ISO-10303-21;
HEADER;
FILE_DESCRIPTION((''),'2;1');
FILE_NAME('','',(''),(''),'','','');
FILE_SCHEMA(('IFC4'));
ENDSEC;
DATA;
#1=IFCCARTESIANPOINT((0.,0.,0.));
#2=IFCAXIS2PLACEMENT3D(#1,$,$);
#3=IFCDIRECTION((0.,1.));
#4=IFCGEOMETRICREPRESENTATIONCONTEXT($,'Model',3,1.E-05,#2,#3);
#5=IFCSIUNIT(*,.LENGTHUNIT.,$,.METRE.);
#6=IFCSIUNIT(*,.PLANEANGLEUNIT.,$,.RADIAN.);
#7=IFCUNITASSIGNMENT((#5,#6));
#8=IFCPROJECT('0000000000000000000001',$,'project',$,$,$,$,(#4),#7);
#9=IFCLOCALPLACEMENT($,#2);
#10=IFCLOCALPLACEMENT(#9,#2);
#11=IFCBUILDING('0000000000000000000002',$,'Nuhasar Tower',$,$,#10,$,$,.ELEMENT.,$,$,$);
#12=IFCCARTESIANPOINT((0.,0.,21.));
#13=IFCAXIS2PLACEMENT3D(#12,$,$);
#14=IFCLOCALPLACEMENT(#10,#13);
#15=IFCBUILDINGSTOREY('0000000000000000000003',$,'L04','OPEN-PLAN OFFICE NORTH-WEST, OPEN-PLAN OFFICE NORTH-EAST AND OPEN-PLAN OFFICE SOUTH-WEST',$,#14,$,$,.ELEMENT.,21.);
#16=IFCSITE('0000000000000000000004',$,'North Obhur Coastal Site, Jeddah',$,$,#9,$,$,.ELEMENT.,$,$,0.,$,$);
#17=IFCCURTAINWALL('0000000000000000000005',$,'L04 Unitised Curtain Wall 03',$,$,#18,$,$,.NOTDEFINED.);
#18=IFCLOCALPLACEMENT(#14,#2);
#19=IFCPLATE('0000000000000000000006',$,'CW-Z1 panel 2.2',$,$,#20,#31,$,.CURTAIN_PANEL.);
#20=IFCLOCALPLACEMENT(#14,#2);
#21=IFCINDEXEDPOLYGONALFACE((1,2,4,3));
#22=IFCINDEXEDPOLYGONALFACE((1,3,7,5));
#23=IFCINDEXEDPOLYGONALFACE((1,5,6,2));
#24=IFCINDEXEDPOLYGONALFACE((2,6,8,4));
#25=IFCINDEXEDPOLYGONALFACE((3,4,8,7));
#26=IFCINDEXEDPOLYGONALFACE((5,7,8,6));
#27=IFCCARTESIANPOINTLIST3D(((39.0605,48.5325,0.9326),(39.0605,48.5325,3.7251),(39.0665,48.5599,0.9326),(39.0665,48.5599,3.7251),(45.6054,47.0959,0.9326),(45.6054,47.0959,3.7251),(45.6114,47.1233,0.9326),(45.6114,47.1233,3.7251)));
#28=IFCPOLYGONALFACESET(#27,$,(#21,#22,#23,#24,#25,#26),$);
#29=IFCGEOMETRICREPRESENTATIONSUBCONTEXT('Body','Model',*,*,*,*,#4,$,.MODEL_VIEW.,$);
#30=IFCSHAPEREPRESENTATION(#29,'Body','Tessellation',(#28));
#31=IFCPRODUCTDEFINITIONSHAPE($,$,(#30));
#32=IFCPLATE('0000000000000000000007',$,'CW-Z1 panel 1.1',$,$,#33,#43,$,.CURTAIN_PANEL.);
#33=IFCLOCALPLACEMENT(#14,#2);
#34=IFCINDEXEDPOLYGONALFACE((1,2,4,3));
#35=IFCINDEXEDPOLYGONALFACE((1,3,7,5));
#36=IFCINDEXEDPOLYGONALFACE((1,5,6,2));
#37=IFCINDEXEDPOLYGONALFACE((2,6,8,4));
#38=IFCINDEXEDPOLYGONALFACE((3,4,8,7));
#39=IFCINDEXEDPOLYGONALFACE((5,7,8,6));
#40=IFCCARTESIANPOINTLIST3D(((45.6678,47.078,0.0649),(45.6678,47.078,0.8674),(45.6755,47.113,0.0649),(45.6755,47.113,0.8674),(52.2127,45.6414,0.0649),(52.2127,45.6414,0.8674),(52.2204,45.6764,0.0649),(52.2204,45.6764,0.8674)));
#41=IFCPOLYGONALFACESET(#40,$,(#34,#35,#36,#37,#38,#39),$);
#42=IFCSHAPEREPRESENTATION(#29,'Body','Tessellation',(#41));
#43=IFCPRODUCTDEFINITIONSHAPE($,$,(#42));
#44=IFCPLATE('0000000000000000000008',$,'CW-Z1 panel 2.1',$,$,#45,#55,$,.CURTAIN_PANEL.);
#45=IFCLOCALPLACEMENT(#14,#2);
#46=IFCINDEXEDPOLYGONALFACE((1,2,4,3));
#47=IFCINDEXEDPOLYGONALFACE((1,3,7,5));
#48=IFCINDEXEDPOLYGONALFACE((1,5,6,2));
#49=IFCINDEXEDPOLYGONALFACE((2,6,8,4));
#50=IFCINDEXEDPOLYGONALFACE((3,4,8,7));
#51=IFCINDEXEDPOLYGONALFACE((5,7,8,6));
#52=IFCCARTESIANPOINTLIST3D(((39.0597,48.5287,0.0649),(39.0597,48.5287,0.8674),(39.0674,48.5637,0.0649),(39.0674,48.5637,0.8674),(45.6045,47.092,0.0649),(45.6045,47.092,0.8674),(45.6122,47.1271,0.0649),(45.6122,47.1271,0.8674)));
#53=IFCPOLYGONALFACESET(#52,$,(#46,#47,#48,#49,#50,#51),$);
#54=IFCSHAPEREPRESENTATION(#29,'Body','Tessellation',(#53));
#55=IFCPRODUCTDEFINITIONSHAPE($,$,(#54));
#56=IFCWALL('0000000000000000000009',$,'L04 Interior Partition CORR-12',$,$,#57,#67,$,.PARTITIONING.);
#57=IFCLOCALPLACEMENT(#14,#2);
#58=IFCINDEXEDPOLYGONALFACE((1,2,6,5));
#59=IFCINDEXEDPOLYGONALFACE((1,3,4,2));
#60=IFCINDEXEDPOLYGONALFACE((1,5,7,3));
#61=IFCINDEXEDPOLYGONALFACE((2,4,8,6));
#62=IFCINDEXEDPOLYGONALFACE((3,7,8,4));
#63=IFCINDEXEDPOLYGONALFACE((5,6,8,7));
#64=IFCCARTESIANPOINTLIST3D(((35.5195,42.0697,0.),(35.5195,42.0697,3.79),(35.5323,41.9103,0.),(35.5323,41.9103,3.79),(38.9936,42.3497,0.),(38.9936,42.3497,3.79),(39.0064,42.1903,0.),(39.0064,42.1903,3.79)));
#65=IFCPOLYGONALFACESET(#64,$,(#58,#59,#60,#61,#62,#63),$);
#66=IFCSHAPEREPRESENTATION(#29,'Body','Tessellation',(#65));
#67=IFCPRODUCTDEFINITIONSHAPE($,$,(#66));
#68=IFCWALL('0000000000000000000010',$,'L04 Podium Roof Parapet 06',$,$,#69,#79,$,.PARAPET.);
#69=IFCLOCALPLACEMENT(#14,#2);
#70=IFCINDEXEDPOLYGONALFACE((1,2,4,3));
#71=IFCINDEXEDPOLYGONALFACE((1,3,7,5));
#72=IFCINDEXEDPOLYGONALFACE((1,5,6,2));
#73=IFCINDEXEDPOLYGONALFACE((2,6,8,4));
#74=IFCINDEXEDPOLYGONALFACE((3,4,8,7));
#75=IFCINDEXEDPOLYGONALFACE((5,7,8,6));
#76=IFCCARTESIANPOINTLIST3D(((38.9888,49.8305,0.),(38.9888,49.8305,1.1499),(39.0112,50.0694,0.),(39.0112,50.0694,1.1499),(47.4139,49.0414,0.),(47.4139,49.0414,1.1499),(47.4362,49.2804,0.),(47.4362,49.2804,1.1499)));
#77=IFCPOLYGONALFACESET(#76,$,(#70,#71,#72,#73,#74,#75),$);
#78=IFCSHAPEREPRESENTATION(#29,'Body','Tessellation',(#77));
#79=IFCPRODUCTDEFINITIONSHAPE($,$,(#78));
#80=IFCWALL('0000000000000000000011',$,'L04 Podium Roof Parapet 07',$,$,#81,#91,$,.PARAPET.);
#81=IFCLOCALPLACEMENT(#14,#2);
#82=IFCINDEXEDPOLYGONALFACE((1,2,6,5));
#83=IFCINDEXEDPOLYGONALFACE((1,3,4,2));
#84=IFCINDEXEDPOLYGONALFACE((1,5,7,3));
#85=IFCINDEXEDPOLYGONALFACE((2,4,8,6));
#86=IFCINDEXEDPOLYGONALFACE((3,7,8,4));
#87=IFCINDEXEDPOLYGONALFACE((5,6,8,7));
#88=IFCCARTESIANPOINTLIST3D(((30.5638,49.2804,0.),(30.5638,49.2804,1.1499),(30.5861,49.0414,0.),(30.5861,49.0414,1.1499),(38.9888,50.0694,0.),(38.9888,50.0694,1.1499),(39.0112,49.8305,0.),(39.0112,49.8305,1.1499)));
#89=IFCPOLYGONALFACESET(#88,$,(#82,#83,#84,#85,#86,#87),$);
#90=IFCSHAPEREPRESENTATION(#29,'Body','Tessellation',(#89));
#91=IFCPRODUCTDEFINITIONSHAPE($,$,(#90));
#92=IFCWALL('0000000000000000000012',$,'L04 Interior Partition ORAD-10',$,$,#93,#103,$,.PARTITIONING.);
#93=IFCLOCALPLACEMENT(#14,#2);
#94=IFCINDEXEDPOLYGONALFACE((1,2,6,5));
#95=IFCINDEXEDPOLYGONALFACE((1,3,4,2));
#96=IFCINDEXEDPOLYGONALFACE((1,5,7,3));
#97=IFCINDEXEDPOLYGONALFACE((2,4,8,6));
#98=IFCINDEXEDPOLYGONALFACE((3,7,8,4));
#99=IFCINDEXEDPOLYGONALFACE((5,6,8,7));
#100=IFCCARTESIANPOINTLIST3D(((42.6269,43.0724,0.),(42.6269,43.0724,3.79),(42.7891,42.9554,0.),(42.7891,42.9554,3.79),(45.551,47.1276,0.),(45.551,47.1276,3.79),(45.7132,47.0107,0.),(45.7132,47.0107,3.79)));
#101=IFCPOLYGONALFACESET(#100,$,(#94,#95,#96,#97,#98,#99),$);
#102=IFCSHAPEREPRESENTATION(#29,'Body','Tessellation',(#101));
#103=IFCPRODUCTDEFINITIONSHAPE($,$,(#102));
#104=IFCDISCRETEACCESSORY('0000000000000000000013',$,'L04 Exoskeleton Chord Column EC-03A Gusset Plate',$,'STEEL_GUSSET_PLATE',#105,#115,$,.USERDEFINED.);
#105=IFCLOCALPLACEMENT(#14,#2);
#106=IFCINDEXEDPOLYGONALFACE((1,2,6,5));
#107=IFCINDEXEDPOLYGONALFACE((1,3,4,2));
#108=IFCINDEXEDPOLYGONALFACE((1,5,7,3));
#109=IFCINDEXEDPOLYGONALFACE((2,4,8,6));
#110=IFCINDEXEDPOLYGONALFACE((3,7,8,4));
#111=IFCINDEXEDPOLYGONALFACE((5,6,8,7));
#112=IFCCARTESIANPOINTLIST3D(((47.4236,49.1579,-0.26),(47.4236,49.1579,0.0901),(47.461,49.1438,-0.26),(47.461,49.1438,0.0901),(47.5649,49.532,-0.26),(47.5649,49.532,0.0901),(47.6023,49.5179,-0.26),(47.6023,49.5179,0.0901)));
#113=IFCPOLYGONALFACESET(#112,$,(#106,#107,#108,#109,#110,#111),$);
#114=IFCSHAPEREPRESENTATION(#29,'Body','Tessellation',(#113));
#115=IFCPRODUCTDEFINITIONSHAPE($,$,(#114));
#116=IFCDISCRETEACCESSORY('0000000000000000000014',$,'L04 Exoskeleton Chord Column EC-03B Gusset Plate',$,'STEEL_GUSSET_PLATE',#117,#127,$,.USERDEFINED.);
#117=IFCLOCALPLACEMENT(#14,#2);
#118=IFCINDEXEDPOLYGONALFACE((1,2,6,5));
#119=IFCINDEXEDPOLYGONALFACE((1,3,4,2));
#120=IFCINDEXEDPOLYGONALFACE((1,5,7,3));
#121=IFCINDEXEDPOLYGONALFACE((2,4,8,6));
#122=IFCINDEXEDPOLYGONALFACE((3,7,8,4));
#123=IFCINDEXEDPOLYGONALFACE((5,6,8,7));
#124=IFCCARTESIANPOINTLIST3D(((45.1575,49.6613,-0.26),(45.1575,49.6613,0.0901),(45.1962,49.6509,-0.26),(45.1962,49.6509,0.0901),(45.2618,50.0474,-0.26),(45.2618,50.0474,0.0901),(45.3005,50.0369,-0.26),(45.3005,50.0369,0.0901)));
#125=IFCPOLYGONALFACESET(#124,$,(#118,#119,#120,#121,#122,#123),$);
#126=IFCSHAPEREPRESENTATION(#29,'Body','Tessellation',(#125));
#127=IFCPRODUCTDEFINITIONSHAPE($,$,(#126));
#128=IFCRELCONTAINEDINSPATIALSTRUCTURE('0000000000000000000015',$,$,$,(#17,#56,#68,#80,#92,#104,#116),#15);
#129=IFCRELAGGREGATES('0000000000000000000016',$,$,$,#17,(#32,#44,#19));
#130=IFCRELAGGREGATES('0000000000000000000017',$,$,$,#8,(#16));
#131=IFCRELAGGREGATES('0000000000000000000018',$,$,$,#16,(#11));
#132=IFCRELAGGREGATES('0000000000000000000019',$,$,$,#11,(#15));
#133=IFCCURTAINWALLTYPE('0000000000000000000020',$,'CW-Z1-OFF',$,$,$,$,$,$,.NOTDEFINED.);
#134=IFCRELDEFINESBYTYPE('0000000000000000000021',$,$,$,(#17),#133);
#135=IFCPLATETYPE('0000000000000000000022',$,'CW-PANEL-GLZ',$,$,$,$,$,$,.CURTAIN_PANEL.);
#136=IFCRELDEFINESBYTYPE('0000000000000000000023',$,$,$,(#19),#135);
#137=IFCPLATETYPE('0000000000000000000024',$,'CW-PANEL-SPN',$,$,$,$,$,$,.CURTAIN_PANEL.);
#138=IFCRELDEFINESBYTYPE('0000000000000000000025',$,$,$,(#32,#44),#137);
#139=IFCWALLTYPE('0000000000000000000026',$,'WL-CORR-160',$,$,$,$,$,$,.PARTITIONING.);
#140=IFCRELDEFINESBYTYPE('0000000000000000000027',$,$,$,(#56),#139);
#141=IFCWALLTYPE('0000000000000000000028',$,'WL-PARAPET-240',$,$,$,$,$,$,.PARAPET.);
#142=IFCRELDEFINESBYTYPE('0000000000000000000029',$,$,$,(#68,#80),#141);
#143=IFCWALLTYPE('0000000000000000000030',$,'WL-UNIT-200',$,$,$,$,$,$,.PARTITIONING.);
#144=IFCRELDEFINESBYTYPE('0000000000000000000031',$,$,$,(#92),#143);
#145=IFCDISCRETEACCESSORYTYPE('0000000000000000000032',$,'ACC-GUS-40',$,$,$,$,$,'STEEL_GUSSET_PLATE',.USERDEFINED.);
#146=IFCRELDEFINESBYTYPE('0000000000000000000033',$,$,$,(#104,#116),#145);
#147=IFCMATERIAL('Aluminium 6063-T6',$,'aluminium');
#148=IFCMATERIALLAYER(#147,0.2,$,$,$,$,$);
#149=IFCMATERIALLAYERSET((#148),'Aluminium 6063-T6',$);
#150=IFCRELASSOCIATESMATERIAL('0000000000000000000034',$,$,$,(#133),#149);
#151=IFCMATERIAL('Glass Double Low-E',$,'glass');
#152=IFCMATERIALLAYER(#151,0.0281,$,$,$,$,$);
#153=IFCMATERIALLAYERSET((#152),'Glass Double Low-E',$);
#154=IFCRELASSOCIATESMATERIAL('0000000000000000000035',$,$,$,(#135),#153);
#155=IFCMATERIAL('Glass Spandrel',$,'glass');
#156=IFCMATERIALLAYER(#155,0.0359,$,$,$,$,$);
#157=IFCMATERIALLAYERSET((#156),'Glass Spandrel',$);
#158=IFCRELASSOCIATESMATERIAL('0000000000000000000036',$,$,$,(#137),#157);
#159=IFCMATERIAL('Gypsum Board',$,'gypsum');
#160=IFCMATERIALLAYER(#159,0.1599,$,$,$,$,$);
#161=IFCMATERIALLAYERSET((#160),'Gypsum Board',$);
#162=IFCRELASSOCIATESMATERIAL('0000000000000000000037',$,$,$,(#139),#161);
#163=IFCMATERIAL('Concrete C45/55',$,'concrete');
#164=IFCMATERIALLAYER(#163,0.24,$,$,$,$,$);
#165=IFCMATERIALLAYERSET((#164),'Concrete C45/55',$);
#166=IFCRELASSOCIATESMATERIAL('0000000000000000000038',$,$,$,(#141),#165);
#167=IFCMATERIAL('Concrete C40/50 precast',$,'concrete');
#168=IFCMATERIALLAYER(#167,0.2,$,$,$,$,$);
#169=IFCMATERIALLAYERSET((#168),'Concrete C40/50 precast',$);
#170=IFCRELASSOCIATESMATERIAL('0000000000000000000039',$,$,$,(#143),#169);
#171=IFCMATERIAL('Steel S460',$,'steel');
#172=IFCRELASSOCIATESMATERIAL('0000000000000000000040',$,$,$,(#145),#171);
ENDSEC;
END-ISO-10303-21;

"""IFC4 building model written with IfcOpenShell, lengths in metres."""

from ifc_helpers import new_model, si_unit, direction, frame, frame_2d, origin, origin_2d, place, context, subcontext, project, spatial, rectangle, extrude, material, layer, layer_set, type_object, element, aggregate, save


model = new_model("IFC4")

# Units and contexts
model_context = context("Model", 3, precision=1e-05, world=origin(), true_north=direction((0.0, 1.0)))
body_context = subcontext(model_context, "Body", "Model", "MODEL_VIEW")
ifc_project = project(units=[si_unit("LENGTHUNIT", "METRE"), si_unit("PLANEANGLEUNIT", "RADIAN")], contexts=[model_context])

# Site, building, storey
site_placement = place(None, origin())
site = spatial("IfcSite", under=ifc_project, at=site_placement, Name="North Obhur Coastal Site, Jeddah", CompositionType="ELEMENT", RefElevation=0.0)
building_placement = place(site_placement, origin())
building = spatial("IfcBuilding", under=site, at=building_placement, Name="Nuhasar Tower", CompositionType="ELEMENT")
storey_placement = place(building_placement, frame((0.0, 0.0, 21.0)))
storey = spatial("IfcBuildingStorey", under=building, at=storey_placement, Name="L04", Description="OPEN-PLAN OFFICE NORTH-WEST, OPEN-PLAN OFFICE NORTH-EAST AND OPEN-PLAN OFFICE SOUTH-WEST", CompositionType="ELEMENT", Elevation=21.0)

# Shared definitions
ifc_material_1 = material(Name="Steel S460", Category="steel")

# Curtain wall
ifc_material_2 = material(Name="Aluminium 6063-T6", Category="aluminium")
ifc_layer_1 = layer(ifc_material_2, 0.2)
ifc_layer_set_1 = layer_set([ifc_layer_1], Name="Aluminium 6063-T6")
curtain_wall_type = type_object("IfcCurtainWallType", Name="CW-Z1-OFF", PredefinedType="NOTDEFINED", material=ifc_layer_set_1)
curtain_wall_placement = place(storey_placement, origin())
curtain_wall = element("IfcCurtainWall", 1, at=curtain_wall_placement, inside=storey, type_object=curtain_wall_type, Name="L04 Unitised Curtain Wall 03", PredefinedType="NOTDEFINED")

# Plates
ifc_material_3 = material(Name="Glass Double Low-E", Category="glass")
ifc_layer_2 = layer(ifc_material_3, 0.0281)
ifc_layer_set_2 = layer_set([ifc_layer_2], Name="Glass Double Low-E")
plate_type_1 = type_object("IfcPlateType", Name="CW-PANEL-GLZ", PredefinedType="CURTAIN_PANEL", material=ifc_layer_set_2)
plate_1_placement = place(storey_placement, frame((42.3359, 47.8279, 0.9326), z_axis=(0.0, 0.0, 1.0), x_axis=(-0.976746, 0.214399, 0.0)))
plate_1 = element("IfcPlate", 2, at=plate_1_placement, type_object=plate_type_1, Name="CW-Z1 panel 2.2", PredefinedType="CURTAIN_PANEL", context=body_context, shape_type="SweptSolid", body=[
    extrude(rectangle(XDim=6.7007, YDim=0.0281, at=origin_2d()), origin(), (0.0, 0.0, 1.0), 2.7925),
])
ifc_material_4 = material(Name="Glass Spandrel", Category="glass")
ifc_layer_3 = layer(ifc_material_4, 0.0359)
ifc_layer_set_3 = layer_set([ifc_layer_3], Name="Glass Spandrel")
plate_type_2 = type_object("IfcPlateType", Name="CW-PANEL-SPN", PredefinedType="CURTAIN_PANEL", material=ifc_layer_set_3)
plate_2_placement = place(storey_placement, frame((48.9441, 46.3772, 0.0649), z_axis=(0.0, 0.0, 1.0), x_axis=(-0.976746, 0.214399, 0.0)))
plate_2 = element("IfcPlate", 3, at=plate_2_placement, type_object=plate_type_2, Name="CW-Z1 panel 1.1", PredefinedType="CURTAIN_PANEL", context=body_context, shape_type="SweptSolid", body=[
    extrude(rectangle(XDim=6.7007, YDim=0.0359, at=origin_2d()), origin(), (0.0, 0.0, 1.0), 0.8025),
])
plate_3_placement = place(storey_placement, frame((42.3359, 47.8279, 0.0649), z_axis=(0.0, 0.0, 1.0), x_axis=(-0.976746, 0.214399, 0.0)))
plate_3 = element("IfcPlate", 4, at=plate_3_placement, type_object=plate_type_2, Name="CW-Z1 panel 2.1", PredefinedType="CURTAIN_PANEL", context=body_context, shape_type="SweptSolid", body=[
    extrude(rectangle(XDim=6.7007, YDim=0.0359, at=origin_2d()), origin(), (0.0, 0.0, 1.0), 0.8025),
])
aggregate(curtain_wall, [plate_2, plate_3, plate_1])

# Shared definitions
ifc_material_5 = material(Name="Gypsum Board", Category="gypsum")
ifc_layer_4 = layer(ifc_material_5, 0.1599)
ifc_layer_set_4 = layer_set([ifc_layer_4], Name="Gypsum Board")
wall_type_1 = type_object("IfcWallType", Name="WL-CORR-160", PredefinedType="PARTITIONING", material=ifc_layer_set_4)

# Walls
wall_1_placement = place(storey_placement, frame((39.0, 42.27, 0.0), z_axis=(0.0, 0.0, 1.0), x_axis=(-0.996767, -0.080344, 0.0)))
element("IfcWall", 5, at=wall_1_placement, inside=storey, type_object=wall_type_1, Name="L04 Interior Partition CORR-12", PredefinedType="PARTITIONING", context=body_context, shape_type="SweptSolid", body=[
    extrude(rectangle(XDim=3.4854, YDim=0.1599, at=frame_2d((1.7427, 0.0))), origin(), (0.0, 0.0, 1.0), 3.79),
])
ifc_material_6 = material(Name="Concrete C45/55", Category="concrete")
ifc_layer_5 = layer(ifc_material_6, 0.24)
ifc_layer_set_5 = layer_set([ifc_layer_5], Name="Concrete C45/55")
wall_type_2 = type_object("IfcWallType", Name="WL-PARAPET-240", PredefinedType="PARAPET", material=ifc_layer_set_5)
for number, where, z_axis, x_axis, name in (
    (6, (47.425, 49.1609, 0.0), (0.0, 0.0, 1.0), (-0.995643, 0.093249, 0.0), "L04 Podium Roof Parapet 06"),
    (7, (39.0, 49.95, 0.0), (0.0, 0.0, 1.0), (-0.995643, -0.093249, 0.0), "L04 Podium Roof Parapet 07"),
):
    element("IfcWall", number, at=place(storey_placement, frame(where, z_axis=z_axis, x_axis=x_axis)), inside=storey, type_object=wall_type_2, Name=name, PredefinedType="PARAPET", context=body_context, shape_type="SweptSolid", body=[
        extrude(rectangle(XDim=8.4619, YDim=0.24, at=frame_2d((4.231, 0.0))), origin(), (0.0, 0.0, 1.0), 1.1499),
    ])
ifc_material_7 = material(Name="Concrete C40/50 precast", Category="concrete")
ifc_layer_6 = layer(ifc_material_7, 0.2)
ifc_layer_set_6 = layer_set([ifc_layer_6], Name="Concrete C40/50 precast")
wall_type_3 = type_object("IfcWallType", Name="WL-UNIT-200", PredefinedType="PARTITIONING", material=ifc_layer_set_6)
wall_2_placement = place(storey_placement, frame((42.708, 43.0139, 0.0), z_axis=(0.0, 0.0, 1.0), x_axis=(0.584877, 0.811122, 0.0)))
element("IfcWall", 8, at=wall_2_placement, inside=storey, type_object=wall_type_3, Name="L04 Interior Partition ORAD-10", PredefinedType="PARTITIONING", context=body_context, shape_type="SweptSolid", body=[
    extrude(rectangle(XDim=4.9995, YDim=0.2, at=frame_2d((2.4998, 0.0))), origin(), (0.0, 0.0, 1.0), 3.79),
])

# Discrete accessories
discrete_accessory_type = type_object("IfcDiscreteAccessoryType", Name="ACC-GUS-40", ElementType="STEEL_GUSSET_PLATE", PredefinedType="USERDEFINED", material=ifc_material_1)
for number, where, z_axis, x_axis, name in (
    (9, (47.5129, 49.3379, -0.26), (0.0, 0.0, 1.0), (0.353344, 0.935493, 0.0), "L04 Exoskeleton Chord Column EC-03A Gusset Plate"),
    (10, (45.229, 49.8491, -0.26), (0.0, 0.0, 1.0), (0.260909, 0.965363, 0.0), "L04 Exoskeleton Chord Column EC-03B Gusset Plate"),
):
    element("IfcDiscreteAccessory", number, at=place(storey_placement, frame(where, z_axis=z_axis, x_axis=x_axis)), inside=storey, type_object=discrete_accessory_type, Name=name, ObjectType="STEEL_GUSSET_PLATE", PredefinedType="USERDEFINED", context=body_context, shape_type="SweptSolid", body=[
        extrude(rectangle(XDim=0.3999, YDim=0.04, at=origin_2d()), origin(), (0.0, 0.0, 1.0), 0.3501),
    ])

save(model, "model.ifc")
